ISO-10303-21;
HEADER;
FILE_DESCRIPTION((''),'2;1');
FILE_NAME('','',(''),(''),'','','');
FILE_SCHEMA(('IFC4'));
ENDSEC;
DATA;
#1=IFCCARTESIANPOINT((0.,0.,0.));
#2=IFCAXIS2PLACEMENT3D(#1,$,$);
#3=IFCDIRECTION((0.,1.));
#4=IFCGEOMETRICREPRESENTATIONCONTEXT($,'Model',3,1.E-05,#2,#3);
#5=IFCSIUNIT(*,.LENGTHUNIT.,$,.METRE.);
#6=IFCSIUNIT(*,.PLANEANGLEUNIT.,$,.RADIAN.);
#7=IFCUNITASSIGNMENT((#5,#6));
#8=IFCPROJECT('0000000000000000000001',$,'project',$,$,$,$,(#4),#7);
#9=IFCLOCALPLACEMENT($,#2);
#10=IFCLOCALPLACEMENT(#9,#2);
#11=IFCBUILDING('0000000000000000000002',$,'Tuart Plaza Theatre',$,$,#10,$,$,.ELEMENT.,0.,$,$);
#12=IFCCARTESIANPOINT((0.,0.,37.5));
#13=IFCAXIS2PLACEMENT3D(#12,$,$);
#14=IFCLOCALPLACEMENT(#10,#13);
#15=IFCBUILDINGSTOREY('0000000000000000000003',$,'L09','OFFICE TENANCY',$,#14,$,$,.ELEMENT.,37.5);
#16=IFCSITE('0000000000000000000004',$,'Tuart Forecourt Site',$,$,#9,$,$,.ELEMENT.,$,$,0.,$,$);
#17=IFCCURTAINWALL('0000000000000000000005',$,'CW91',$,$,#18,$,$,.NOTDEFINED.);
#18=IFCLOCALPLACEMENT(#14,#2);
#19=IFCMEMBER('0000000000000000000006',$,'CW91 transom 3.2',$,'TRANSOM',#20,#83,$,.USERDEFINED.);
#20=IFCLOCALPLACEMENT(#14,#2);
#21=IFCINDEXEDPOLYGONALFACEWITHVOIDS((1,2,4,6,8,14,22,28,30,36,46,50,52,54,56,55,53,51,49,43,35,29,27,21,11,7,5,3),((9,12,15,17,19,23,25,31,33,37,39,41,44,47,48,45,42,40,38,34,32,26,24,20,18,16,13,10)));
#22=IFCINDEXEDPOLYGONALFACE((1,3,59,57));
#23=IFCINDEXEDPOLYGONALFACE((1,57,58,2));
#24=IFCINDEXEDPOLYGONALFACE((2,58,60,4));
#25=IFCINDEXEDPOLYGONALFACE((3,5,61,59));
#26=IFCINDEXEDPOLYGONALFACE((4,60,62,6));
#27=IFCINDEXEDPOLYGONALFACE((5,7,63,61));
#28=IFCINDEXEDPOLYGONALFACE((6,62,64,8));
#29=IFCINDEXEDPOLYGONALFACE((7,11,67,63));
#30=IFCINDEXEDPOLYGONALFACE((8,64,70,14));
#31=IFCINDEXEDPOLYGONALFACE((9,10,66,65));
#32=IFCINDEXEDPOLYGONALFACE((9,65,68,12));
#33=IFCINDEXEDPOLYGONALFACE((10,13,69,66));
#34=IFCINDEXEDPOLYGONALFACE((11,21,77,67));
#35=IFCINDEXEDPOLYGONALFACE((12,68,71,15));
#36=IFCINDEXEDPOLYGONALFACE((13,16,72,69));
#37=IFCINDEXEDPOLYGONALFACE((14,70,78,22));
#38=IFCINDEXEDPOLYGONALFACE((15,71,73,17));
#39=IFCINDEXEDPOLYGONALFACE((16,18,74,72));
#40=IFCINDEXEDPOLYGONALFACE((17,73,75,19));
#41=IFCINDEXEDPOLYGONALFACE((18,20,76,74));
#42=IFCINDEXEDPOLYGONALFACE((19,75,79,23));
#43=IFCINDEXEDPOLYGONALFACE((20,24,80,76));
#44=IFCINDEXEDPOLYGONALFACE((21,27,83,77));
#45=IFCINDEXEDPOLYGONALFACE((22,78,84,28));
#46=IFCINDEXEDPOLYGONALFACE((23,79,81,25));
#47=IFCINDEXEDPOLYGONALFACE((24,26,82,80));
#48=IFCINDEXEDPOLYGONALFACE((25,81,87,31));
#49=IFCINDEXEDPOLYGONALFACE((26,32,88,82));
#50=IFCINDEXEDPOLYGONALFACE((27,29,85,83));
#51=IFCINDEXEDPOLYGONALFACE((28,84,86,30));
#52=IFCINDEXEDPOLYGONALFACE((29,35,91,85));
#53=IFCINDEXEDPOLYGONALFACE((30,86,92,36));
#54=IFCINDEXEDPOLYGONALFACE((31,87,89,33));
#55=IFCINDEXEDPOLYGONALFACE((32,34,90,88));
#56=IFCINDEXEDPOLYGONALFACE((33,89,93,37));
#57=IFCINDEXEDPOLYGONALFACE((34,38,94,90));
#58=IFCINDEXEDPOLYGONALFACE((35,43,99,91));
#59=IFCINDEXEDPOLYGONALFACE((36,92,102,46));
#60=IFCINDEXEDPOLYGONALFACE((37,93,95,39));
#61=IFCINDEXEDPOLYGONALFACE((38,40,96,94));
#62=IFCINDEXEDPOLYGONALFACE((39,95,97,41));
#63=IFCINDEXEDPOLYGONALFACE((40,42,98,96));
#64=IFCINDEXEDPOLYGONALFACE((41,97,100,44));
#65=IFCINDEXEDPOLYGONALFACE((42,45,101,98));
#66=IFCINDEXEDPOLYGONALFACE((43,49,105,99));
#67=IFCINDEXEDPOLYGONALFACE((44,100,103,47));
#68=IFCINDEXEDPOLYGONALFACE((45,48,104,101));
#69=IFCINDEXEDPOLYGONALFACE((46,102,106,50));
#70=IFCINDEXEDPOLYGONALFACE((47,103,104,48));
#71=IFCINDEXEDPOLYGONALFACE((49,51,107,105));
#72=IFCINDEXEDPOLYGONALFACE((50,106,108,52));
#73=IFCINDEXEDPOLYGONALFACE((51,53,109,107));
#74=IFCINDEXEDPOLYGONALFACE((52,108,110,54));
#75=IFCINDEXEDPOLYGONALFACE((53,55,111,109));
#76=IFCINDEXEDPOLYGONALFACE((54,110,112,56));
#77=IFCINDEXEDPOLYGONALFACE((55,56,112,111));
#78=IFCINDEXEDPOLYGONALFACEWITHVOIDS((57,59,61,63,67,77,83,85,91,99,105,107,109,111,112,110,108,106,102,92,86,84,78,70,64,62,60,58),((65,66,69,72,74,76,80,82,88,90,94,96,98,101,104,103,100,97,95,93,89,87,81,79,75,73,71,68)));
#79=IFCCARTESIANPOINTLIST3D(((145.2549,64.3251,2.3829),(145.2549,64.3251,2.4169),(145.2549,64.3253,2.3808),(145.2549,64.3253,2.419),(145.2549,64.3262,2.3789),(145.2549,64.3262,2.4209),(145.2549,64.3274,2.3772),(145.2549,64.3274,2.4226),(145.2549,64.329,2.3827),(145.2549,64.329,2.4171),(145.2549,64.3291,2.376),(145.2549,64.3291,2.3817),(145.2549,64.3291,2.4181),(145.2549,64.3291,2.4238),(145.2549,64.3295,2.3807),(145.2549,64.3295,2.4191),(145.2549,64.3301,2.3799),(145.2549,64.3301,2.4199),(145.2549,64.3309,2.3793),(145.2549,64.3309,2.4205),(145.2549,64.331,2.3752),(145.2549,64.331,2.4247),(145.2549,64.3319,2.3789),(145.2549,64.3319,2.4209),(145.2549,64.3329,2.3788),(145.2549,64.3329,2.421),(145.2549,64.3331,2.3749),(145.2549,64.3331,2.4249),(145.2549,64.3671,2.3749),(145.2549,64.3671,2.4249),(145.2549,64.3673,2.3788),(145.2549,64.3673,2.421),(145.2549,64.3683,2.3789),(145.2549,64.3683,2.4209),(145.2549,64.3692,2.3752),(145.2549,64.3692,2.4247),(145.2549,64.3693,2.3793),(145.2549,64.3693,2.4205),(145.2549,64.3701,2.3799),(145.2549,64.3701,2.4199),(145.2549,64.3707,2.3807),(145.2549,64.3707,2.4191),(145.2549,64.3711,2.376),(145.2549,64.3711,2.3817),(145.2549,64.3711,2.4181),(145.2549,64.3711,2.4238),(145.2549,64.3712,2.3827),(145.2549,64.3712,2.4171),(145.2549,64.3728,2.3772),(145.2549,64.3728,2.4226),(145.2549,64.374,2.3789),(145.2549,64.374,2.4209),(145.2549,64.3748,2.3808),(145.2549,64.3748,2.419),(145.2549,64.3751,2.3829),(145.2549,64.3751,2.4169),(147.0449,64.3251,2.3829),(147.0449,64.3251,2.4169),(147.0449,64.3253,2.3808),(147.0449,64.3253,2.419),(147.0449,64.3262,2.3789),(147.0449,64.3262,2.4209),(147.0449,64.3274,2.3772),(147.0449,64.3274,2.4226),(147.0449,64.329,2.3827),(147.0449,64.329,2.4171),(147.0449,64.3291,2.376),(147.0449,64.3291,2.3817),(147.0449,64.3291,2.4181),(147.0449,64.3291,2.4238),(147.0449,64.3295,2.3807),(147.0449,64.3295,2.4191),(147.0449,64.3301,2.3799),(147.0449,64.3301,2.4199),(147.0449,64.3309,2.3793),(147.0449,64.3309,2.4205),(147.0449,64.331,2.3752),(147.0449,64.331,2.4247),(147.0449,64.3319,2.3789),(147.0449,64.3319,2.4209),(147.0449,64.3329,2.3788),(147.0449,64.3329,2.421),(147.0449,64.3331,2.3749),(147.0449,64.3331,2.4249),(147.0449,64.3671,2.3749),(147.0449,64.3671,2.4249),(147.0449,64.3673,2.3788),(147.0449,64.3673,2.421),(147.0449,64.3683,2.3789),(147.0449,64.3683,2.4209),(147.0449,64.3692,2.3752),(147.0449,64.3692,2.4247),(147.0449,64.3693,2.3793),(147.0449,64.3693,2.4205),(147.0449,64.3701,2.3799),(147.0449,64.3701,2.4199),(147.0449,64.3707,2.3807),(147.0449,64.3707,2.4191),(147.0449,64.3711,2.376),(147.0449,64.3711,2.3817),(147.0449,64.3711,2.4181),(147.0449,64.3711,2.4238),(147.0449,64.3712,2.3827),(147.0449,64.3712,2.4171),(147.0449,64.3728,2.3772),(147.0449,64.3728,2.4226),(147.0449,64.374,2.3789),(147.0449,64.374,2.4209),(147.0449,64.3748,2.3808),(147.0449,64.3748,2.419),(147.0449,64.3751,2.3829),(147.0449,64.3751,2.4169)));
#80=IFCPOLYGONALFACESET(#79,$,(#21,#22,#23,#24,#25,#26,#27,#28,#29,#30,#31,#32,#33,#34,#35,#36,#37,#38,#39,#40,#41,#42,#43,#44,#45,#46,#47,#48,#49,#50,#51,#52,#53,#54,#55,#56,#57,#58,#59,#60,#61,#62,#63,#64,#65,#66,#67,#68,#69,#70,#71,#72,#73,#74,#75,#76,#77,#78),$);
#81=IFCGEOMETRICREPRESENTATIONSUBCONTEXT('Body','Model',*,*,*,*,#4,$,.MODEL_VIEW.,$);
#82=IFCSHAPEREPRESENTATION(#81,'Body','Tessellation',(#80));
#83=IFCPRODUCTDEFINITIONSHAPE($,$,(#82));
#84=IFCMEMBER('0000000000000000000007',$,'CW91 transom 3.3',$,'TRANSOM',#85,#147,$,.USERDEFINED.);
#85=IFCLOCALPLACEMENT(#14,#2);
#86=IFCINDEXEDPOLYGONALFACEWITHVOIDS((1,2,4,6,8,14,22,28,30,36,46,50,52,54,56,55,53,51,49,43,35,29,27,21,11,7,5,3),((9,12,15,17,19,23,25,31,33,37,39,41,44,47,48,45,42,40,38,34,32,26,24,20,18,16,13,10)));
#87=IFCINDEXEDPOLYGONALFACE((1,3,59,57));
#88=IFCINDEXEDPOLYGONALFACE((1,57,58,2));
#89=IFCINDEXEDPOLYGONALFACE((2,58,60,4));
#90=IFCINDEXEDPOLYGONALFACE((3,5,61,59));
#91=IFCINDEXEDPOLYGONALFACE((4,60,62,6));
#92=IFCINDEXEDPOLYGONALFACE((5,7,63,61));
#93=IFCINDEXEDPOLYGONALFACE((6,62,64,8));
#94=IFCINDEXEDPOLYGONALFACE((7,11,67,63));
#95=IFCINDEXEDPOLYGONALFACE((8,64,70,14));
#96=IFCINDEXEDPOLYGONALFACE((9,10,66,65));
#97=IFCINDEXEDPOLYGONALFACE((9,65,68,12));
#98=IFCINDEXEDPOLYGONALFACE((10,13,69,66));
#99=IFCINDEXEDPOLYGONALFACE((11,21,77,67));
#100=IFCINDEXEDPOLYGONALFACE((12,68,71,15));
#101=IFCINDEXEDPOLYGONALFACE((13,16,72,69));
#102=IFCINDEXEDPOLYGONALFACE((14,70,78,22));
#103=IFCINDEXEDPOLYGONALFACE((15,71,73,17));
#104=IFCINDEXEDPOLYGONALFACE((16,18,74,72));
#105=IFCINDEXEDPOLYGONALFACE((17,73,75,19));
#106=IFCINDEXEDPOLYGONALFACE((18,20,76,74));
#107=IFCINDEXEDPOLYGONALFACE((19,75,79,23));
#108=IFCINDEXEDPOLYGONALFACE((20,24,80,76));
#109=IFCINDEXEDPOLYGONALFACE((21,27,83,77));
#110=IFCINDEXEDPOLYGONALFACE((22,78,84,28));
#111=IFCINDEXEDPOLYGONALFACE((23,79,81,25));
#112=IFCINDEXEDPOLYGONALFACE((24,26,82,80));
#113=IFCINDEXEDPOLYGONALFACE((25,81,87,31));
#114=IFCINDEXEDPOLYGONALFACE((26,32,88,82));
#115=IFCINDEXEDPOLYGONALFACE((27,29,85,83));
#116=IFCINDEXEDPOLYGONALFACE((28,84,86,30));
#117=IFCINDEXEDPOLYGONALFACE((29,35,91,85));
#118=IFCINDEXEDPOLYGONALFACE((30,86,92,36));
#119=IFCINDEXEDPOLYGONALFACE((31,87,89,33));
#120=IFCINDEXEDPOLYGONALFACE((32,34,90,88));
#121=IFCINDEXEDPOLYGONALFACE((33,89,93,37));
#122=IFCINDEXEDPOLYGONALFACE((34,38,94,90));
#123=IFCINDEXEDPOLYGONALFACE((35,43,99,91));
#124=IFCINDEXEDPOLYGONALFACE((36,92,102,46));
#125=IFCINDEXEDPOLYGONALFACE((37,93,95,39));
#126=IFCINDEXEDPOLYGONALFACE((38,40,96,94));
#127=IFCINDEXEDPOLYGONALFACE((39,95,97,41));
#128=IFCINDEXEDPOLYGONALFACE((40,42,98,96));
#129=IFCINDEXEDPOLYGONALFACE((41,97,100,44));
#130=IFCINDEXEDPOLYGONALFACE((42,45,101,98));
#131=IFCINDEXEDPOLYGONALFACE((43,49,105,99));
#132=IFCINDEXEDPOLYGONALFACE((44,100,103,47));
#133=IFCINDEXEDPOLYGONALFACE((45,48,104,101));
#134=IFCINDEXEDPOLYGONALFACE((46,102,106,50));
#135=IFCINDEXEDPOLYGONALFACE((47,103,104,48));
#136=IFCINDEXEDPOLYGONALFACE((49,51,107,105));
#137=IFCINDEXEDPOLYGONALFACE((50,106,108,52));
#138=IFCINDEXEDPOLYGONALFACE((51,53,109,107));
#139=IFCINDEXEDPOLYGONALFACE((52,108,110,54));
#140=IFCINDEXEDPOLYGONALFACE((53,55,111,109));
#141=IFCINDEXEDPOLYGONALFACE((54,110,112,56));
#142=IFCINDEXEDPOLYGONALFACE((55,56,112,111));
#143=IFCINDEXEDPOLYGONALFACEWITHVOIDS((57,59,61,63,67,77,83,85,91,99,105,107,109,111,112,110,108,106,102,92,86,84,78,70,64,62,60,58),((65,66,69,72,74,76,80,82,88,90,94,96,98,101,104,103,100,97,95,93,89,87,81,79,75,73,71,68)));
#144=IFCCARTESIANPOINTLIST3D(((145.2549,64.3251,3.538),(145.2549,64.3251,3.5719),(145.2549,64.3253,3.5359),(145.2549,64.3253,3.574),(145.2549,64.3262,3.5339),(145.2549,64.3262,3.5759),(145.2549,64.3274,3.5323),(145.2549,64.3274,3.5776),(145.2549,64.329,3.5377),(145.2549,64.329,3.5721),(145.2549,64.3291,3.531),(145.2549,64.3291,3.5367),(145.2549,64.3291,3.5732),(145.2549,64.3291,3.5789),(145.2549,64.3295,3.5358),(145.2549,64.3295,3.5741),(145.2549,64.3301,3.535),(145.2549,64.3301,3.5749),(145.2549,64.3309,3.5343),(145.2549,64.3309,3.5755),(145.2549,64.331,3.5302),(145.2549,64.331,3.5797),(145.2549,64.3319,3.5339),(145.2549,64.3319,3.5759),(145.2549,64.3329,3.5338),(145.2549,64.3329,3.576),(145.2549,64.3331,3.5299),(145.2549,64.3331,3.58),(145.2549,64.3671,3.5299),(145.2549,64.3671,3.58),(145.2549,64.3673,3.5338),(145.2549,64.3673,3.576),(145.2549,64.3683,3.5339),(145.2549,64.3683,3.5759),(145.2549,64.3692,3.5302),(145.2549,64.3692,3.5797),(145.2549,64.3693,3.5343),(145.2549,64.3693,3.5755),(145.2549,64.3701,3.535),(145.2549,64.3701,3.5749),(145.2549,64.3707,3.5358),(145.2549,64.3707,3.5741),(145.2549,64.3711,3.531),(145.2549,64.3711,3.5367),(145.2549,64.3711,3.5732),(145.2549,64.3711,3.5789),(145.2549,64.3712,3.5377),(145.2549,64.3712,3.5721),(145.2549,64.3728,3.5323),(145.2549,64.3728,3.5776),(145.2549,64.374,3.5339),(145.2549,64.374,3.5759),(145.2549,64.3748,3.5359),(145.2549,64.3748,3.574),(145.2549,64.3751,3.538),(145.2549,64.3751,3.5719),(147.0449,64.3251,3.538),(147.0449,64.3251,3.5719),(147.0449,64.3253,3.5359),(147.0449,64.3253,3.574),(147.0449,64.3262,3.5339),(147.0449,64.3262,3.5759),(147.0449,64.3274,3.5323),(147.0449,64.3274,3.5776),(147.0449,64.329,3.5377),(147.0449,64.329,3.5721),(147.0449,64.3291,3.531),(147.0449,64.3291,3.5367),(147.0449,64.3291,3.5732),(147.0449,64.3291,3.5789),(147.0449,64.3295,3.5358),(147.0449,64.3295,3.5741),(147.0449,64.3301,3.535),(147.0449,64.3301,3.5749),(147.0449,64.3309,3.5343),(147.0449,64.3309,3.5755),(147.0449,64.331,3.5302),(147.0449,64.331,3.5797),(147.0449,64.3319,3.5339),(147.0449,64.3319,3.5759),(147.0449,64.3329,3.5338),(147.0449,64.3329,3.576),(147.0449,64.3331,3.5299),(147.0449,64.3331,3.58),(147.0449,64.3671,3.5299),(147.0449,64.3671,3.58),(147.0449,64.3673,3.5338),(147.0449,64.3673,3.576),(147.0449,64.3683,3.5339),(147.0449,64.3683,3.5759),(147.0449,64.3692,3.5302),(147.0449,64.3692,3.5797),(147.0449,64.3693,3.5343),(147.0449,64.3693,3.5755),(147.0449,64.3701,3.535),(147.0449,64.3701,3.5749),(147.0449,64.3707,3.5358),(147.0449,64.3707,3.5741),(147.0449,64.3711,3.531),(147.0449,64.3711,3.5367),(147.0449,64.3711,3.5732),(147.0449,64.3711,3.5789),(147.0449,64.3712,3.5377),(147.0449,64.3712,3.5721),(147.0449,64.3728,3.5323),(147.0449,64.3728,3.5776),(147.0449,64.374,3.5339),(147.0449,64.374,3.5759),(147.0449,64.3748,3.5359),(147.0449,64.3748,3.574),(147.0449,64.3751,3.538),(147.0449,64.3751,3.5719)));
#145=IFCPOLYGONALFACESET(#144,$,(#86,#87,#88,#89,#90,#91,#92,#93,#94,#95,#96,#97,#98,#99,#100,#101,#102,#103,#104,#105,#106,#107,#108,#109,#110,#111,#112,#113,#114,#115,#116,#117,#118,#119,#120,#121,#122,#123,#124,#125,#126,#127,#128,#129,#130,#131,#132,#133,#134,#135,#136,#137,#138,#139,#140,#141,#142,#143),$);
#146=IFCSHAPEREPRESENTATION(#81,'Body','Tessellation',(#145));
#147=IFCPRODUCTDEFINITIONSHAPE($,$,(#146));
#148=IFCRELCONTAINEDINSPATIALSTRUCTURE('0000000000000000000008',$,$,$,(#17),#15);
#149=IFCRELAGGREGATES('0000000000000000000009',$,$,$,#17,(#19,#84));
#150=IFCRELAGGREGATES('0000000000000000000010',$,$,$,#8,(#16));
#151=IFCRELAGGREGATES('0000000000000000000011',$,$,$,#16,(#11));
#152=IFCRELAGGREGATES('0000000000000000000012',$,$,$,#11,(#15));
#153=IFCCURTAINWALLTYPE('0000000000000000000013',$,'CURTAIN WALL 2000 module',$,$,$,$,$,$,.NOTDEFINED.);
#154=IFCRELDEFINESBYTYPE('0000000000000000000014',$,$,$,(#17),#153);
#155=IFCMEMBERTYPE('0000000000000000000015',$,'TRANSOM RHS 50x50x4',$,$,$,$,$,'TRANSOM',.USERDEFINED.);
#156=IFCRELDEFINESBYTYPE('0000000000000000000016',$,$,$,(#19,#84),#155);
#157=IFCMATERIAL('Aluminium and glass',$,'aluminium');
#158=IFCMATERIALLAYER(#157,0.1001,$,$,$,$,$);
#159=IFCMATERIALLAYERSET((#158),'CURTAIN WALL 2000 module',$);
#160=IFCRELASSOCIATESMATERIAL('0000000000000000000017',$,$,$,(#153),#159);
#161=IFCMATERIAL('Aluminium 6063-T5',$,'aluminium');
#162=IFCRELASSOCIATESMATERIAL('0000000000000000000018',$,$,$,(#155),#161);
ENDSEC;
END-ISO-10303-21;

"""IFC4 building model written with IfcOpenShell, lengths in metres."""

from ifc_helpers import new_model, si_unit, direction, frame, origin, origin_2d, place, context, subcontext, project, spatial, hollow_rectangle, extrude, material, layer, layer_set, material_profile, profile_set, type_object, element, aggregate, save


model = new_model("IFC4")

# Units and contexts
model_context = context("Model", 3, precision=1e-05, world=origin(), true_north=direction((0.0, 1.0)))
body_context = subcontext(model_context, "Body", "Model", "MODEL_VIEW")
ifc_project = project(units=[si_unit("LENGTHUNIT", "METRE"), si_unit("PLANEANGLEUNIT", "RADIAN")], contexts=[model_context])

# Site, building, storey
site_placement = place(None, origin())
site = spatial("IfcSite", under=ifc_project, at=site_placement, Name="Tuart Forecourt Site", CompositionType="ELEMENT", RefElevation=0.0)
building_placement = place(site_placement, origin())
building = spatial("IfcBuilding", under=site, at=building_placement, Name="Tuart Plaza Theatre", CompositionType="ELEMENT", ElevationOfRefHeight=0.0)
storey_placement = place(building_placement, frame((0.0, 0.0, 37.5)))
storey = spatial("IfcBuildingStorey", under=building, at=storey_placement, Name="L09", Description="OFFICE TENANCY", CompositionType="ELEMENT", Elevation=37.5)

# Curtain wall, members
ifc_material_1 = material(Name="Aluminium and glass", Category="aluminium")
ifc_layer_1 = layer(ifc_material_1, 0.1001)
ifc_layer_set_1 = layer_set([ifc_layer_1], Name="CURTAIN WALL 2000 module")
curtain_wall_type = type_object("IfcCurtainWallType", Name="CURTAIN WALL 2000 module", PredefinedType="NOTDEFINED", material=ifc_layer_set_1)
curtain_wall_placement = place(storey_placement, origin())
curtain_wall = element("IfcCurtainWall", 1, at=curtain_wall_placement, inside=storey, type_object=curtain_wall_type, Name="CW91", PredefinedType="NOTDEFINED")
ifc_material_2 = material(Name="Aluminium 6063-T5", Category="aluminium")
ifc_material_profile_1 = material_profile(ifc_material_2, hollow_rectangle(XDim=0.05, YDim=0.05, WallThickness=0.0039, InnerFilletRadius=0.0039, OuterFilletRadius=0.0081, at=origin_2d()), Name="RHS 50x50x4")
ifc_profile_set_1 = profile_set([ifc_material_profile_1], Name="Aluminium 6063-T5")
member_type_1 = type_object("IfcMemberType", Name="TRANSOM RHS 50x50x4", ElementType="TRANSOM", PredefinedType="USERDEFINED", material=ifc_profile_set_1)
member_1_placement = place(storey_placement, frame((145.2549, 64.3501, 2.3999), z_axis=(1.0, 0.0, 0.0), x_axis=(0.0, 1.0, 0.0)))
member_1 = element("IfcMember", 2, at=member_1_placement, type_object=member_type_1, Name="CW91 transom 3.2", ObjectType="TRANSOM", PredefinedType="USERDEFINED", context=body_context, shape_type="SweptSolid", body=[
    extrude(hollow_rectangle(XDim=0.05, YDim=0.05, WallThickness=0.0039, InnerFilletRadius=0.0039, OuterFilletRadius=0.0081, at=origin_2d()), origin(), (0.0, 0.0, 1.0), 1.79),
])
member_2_placement = place(storey_placement, frame((145.2549, 64.3501, 3.5549), z_axis=(1.0, 0.0, 0.0), x_axis=(0.0, 1.0, 0.0)))
member_2 = element("IfcMember", 3, at=member_2_placement, type_object=member_type_1, Name="CW91 transom 3.3", ObjectType="TRANSOM", PredefinedType="USERDEFINED", context=body_context, shape_type="SweptSolid", body=[
    extrude(hollow_rectangle(XDim=0.05, YDim=0.05, WallThickness=0.0039, InnerFilletRadius=0.0039, OuterFilletRadius=0.0081, at=origin_2d()), origin(), (0.0, 0.0, 1.0), 1.79),
])
aggregate(curtain_wall, [member_1, member_2])

save(model, "model.ifc")
